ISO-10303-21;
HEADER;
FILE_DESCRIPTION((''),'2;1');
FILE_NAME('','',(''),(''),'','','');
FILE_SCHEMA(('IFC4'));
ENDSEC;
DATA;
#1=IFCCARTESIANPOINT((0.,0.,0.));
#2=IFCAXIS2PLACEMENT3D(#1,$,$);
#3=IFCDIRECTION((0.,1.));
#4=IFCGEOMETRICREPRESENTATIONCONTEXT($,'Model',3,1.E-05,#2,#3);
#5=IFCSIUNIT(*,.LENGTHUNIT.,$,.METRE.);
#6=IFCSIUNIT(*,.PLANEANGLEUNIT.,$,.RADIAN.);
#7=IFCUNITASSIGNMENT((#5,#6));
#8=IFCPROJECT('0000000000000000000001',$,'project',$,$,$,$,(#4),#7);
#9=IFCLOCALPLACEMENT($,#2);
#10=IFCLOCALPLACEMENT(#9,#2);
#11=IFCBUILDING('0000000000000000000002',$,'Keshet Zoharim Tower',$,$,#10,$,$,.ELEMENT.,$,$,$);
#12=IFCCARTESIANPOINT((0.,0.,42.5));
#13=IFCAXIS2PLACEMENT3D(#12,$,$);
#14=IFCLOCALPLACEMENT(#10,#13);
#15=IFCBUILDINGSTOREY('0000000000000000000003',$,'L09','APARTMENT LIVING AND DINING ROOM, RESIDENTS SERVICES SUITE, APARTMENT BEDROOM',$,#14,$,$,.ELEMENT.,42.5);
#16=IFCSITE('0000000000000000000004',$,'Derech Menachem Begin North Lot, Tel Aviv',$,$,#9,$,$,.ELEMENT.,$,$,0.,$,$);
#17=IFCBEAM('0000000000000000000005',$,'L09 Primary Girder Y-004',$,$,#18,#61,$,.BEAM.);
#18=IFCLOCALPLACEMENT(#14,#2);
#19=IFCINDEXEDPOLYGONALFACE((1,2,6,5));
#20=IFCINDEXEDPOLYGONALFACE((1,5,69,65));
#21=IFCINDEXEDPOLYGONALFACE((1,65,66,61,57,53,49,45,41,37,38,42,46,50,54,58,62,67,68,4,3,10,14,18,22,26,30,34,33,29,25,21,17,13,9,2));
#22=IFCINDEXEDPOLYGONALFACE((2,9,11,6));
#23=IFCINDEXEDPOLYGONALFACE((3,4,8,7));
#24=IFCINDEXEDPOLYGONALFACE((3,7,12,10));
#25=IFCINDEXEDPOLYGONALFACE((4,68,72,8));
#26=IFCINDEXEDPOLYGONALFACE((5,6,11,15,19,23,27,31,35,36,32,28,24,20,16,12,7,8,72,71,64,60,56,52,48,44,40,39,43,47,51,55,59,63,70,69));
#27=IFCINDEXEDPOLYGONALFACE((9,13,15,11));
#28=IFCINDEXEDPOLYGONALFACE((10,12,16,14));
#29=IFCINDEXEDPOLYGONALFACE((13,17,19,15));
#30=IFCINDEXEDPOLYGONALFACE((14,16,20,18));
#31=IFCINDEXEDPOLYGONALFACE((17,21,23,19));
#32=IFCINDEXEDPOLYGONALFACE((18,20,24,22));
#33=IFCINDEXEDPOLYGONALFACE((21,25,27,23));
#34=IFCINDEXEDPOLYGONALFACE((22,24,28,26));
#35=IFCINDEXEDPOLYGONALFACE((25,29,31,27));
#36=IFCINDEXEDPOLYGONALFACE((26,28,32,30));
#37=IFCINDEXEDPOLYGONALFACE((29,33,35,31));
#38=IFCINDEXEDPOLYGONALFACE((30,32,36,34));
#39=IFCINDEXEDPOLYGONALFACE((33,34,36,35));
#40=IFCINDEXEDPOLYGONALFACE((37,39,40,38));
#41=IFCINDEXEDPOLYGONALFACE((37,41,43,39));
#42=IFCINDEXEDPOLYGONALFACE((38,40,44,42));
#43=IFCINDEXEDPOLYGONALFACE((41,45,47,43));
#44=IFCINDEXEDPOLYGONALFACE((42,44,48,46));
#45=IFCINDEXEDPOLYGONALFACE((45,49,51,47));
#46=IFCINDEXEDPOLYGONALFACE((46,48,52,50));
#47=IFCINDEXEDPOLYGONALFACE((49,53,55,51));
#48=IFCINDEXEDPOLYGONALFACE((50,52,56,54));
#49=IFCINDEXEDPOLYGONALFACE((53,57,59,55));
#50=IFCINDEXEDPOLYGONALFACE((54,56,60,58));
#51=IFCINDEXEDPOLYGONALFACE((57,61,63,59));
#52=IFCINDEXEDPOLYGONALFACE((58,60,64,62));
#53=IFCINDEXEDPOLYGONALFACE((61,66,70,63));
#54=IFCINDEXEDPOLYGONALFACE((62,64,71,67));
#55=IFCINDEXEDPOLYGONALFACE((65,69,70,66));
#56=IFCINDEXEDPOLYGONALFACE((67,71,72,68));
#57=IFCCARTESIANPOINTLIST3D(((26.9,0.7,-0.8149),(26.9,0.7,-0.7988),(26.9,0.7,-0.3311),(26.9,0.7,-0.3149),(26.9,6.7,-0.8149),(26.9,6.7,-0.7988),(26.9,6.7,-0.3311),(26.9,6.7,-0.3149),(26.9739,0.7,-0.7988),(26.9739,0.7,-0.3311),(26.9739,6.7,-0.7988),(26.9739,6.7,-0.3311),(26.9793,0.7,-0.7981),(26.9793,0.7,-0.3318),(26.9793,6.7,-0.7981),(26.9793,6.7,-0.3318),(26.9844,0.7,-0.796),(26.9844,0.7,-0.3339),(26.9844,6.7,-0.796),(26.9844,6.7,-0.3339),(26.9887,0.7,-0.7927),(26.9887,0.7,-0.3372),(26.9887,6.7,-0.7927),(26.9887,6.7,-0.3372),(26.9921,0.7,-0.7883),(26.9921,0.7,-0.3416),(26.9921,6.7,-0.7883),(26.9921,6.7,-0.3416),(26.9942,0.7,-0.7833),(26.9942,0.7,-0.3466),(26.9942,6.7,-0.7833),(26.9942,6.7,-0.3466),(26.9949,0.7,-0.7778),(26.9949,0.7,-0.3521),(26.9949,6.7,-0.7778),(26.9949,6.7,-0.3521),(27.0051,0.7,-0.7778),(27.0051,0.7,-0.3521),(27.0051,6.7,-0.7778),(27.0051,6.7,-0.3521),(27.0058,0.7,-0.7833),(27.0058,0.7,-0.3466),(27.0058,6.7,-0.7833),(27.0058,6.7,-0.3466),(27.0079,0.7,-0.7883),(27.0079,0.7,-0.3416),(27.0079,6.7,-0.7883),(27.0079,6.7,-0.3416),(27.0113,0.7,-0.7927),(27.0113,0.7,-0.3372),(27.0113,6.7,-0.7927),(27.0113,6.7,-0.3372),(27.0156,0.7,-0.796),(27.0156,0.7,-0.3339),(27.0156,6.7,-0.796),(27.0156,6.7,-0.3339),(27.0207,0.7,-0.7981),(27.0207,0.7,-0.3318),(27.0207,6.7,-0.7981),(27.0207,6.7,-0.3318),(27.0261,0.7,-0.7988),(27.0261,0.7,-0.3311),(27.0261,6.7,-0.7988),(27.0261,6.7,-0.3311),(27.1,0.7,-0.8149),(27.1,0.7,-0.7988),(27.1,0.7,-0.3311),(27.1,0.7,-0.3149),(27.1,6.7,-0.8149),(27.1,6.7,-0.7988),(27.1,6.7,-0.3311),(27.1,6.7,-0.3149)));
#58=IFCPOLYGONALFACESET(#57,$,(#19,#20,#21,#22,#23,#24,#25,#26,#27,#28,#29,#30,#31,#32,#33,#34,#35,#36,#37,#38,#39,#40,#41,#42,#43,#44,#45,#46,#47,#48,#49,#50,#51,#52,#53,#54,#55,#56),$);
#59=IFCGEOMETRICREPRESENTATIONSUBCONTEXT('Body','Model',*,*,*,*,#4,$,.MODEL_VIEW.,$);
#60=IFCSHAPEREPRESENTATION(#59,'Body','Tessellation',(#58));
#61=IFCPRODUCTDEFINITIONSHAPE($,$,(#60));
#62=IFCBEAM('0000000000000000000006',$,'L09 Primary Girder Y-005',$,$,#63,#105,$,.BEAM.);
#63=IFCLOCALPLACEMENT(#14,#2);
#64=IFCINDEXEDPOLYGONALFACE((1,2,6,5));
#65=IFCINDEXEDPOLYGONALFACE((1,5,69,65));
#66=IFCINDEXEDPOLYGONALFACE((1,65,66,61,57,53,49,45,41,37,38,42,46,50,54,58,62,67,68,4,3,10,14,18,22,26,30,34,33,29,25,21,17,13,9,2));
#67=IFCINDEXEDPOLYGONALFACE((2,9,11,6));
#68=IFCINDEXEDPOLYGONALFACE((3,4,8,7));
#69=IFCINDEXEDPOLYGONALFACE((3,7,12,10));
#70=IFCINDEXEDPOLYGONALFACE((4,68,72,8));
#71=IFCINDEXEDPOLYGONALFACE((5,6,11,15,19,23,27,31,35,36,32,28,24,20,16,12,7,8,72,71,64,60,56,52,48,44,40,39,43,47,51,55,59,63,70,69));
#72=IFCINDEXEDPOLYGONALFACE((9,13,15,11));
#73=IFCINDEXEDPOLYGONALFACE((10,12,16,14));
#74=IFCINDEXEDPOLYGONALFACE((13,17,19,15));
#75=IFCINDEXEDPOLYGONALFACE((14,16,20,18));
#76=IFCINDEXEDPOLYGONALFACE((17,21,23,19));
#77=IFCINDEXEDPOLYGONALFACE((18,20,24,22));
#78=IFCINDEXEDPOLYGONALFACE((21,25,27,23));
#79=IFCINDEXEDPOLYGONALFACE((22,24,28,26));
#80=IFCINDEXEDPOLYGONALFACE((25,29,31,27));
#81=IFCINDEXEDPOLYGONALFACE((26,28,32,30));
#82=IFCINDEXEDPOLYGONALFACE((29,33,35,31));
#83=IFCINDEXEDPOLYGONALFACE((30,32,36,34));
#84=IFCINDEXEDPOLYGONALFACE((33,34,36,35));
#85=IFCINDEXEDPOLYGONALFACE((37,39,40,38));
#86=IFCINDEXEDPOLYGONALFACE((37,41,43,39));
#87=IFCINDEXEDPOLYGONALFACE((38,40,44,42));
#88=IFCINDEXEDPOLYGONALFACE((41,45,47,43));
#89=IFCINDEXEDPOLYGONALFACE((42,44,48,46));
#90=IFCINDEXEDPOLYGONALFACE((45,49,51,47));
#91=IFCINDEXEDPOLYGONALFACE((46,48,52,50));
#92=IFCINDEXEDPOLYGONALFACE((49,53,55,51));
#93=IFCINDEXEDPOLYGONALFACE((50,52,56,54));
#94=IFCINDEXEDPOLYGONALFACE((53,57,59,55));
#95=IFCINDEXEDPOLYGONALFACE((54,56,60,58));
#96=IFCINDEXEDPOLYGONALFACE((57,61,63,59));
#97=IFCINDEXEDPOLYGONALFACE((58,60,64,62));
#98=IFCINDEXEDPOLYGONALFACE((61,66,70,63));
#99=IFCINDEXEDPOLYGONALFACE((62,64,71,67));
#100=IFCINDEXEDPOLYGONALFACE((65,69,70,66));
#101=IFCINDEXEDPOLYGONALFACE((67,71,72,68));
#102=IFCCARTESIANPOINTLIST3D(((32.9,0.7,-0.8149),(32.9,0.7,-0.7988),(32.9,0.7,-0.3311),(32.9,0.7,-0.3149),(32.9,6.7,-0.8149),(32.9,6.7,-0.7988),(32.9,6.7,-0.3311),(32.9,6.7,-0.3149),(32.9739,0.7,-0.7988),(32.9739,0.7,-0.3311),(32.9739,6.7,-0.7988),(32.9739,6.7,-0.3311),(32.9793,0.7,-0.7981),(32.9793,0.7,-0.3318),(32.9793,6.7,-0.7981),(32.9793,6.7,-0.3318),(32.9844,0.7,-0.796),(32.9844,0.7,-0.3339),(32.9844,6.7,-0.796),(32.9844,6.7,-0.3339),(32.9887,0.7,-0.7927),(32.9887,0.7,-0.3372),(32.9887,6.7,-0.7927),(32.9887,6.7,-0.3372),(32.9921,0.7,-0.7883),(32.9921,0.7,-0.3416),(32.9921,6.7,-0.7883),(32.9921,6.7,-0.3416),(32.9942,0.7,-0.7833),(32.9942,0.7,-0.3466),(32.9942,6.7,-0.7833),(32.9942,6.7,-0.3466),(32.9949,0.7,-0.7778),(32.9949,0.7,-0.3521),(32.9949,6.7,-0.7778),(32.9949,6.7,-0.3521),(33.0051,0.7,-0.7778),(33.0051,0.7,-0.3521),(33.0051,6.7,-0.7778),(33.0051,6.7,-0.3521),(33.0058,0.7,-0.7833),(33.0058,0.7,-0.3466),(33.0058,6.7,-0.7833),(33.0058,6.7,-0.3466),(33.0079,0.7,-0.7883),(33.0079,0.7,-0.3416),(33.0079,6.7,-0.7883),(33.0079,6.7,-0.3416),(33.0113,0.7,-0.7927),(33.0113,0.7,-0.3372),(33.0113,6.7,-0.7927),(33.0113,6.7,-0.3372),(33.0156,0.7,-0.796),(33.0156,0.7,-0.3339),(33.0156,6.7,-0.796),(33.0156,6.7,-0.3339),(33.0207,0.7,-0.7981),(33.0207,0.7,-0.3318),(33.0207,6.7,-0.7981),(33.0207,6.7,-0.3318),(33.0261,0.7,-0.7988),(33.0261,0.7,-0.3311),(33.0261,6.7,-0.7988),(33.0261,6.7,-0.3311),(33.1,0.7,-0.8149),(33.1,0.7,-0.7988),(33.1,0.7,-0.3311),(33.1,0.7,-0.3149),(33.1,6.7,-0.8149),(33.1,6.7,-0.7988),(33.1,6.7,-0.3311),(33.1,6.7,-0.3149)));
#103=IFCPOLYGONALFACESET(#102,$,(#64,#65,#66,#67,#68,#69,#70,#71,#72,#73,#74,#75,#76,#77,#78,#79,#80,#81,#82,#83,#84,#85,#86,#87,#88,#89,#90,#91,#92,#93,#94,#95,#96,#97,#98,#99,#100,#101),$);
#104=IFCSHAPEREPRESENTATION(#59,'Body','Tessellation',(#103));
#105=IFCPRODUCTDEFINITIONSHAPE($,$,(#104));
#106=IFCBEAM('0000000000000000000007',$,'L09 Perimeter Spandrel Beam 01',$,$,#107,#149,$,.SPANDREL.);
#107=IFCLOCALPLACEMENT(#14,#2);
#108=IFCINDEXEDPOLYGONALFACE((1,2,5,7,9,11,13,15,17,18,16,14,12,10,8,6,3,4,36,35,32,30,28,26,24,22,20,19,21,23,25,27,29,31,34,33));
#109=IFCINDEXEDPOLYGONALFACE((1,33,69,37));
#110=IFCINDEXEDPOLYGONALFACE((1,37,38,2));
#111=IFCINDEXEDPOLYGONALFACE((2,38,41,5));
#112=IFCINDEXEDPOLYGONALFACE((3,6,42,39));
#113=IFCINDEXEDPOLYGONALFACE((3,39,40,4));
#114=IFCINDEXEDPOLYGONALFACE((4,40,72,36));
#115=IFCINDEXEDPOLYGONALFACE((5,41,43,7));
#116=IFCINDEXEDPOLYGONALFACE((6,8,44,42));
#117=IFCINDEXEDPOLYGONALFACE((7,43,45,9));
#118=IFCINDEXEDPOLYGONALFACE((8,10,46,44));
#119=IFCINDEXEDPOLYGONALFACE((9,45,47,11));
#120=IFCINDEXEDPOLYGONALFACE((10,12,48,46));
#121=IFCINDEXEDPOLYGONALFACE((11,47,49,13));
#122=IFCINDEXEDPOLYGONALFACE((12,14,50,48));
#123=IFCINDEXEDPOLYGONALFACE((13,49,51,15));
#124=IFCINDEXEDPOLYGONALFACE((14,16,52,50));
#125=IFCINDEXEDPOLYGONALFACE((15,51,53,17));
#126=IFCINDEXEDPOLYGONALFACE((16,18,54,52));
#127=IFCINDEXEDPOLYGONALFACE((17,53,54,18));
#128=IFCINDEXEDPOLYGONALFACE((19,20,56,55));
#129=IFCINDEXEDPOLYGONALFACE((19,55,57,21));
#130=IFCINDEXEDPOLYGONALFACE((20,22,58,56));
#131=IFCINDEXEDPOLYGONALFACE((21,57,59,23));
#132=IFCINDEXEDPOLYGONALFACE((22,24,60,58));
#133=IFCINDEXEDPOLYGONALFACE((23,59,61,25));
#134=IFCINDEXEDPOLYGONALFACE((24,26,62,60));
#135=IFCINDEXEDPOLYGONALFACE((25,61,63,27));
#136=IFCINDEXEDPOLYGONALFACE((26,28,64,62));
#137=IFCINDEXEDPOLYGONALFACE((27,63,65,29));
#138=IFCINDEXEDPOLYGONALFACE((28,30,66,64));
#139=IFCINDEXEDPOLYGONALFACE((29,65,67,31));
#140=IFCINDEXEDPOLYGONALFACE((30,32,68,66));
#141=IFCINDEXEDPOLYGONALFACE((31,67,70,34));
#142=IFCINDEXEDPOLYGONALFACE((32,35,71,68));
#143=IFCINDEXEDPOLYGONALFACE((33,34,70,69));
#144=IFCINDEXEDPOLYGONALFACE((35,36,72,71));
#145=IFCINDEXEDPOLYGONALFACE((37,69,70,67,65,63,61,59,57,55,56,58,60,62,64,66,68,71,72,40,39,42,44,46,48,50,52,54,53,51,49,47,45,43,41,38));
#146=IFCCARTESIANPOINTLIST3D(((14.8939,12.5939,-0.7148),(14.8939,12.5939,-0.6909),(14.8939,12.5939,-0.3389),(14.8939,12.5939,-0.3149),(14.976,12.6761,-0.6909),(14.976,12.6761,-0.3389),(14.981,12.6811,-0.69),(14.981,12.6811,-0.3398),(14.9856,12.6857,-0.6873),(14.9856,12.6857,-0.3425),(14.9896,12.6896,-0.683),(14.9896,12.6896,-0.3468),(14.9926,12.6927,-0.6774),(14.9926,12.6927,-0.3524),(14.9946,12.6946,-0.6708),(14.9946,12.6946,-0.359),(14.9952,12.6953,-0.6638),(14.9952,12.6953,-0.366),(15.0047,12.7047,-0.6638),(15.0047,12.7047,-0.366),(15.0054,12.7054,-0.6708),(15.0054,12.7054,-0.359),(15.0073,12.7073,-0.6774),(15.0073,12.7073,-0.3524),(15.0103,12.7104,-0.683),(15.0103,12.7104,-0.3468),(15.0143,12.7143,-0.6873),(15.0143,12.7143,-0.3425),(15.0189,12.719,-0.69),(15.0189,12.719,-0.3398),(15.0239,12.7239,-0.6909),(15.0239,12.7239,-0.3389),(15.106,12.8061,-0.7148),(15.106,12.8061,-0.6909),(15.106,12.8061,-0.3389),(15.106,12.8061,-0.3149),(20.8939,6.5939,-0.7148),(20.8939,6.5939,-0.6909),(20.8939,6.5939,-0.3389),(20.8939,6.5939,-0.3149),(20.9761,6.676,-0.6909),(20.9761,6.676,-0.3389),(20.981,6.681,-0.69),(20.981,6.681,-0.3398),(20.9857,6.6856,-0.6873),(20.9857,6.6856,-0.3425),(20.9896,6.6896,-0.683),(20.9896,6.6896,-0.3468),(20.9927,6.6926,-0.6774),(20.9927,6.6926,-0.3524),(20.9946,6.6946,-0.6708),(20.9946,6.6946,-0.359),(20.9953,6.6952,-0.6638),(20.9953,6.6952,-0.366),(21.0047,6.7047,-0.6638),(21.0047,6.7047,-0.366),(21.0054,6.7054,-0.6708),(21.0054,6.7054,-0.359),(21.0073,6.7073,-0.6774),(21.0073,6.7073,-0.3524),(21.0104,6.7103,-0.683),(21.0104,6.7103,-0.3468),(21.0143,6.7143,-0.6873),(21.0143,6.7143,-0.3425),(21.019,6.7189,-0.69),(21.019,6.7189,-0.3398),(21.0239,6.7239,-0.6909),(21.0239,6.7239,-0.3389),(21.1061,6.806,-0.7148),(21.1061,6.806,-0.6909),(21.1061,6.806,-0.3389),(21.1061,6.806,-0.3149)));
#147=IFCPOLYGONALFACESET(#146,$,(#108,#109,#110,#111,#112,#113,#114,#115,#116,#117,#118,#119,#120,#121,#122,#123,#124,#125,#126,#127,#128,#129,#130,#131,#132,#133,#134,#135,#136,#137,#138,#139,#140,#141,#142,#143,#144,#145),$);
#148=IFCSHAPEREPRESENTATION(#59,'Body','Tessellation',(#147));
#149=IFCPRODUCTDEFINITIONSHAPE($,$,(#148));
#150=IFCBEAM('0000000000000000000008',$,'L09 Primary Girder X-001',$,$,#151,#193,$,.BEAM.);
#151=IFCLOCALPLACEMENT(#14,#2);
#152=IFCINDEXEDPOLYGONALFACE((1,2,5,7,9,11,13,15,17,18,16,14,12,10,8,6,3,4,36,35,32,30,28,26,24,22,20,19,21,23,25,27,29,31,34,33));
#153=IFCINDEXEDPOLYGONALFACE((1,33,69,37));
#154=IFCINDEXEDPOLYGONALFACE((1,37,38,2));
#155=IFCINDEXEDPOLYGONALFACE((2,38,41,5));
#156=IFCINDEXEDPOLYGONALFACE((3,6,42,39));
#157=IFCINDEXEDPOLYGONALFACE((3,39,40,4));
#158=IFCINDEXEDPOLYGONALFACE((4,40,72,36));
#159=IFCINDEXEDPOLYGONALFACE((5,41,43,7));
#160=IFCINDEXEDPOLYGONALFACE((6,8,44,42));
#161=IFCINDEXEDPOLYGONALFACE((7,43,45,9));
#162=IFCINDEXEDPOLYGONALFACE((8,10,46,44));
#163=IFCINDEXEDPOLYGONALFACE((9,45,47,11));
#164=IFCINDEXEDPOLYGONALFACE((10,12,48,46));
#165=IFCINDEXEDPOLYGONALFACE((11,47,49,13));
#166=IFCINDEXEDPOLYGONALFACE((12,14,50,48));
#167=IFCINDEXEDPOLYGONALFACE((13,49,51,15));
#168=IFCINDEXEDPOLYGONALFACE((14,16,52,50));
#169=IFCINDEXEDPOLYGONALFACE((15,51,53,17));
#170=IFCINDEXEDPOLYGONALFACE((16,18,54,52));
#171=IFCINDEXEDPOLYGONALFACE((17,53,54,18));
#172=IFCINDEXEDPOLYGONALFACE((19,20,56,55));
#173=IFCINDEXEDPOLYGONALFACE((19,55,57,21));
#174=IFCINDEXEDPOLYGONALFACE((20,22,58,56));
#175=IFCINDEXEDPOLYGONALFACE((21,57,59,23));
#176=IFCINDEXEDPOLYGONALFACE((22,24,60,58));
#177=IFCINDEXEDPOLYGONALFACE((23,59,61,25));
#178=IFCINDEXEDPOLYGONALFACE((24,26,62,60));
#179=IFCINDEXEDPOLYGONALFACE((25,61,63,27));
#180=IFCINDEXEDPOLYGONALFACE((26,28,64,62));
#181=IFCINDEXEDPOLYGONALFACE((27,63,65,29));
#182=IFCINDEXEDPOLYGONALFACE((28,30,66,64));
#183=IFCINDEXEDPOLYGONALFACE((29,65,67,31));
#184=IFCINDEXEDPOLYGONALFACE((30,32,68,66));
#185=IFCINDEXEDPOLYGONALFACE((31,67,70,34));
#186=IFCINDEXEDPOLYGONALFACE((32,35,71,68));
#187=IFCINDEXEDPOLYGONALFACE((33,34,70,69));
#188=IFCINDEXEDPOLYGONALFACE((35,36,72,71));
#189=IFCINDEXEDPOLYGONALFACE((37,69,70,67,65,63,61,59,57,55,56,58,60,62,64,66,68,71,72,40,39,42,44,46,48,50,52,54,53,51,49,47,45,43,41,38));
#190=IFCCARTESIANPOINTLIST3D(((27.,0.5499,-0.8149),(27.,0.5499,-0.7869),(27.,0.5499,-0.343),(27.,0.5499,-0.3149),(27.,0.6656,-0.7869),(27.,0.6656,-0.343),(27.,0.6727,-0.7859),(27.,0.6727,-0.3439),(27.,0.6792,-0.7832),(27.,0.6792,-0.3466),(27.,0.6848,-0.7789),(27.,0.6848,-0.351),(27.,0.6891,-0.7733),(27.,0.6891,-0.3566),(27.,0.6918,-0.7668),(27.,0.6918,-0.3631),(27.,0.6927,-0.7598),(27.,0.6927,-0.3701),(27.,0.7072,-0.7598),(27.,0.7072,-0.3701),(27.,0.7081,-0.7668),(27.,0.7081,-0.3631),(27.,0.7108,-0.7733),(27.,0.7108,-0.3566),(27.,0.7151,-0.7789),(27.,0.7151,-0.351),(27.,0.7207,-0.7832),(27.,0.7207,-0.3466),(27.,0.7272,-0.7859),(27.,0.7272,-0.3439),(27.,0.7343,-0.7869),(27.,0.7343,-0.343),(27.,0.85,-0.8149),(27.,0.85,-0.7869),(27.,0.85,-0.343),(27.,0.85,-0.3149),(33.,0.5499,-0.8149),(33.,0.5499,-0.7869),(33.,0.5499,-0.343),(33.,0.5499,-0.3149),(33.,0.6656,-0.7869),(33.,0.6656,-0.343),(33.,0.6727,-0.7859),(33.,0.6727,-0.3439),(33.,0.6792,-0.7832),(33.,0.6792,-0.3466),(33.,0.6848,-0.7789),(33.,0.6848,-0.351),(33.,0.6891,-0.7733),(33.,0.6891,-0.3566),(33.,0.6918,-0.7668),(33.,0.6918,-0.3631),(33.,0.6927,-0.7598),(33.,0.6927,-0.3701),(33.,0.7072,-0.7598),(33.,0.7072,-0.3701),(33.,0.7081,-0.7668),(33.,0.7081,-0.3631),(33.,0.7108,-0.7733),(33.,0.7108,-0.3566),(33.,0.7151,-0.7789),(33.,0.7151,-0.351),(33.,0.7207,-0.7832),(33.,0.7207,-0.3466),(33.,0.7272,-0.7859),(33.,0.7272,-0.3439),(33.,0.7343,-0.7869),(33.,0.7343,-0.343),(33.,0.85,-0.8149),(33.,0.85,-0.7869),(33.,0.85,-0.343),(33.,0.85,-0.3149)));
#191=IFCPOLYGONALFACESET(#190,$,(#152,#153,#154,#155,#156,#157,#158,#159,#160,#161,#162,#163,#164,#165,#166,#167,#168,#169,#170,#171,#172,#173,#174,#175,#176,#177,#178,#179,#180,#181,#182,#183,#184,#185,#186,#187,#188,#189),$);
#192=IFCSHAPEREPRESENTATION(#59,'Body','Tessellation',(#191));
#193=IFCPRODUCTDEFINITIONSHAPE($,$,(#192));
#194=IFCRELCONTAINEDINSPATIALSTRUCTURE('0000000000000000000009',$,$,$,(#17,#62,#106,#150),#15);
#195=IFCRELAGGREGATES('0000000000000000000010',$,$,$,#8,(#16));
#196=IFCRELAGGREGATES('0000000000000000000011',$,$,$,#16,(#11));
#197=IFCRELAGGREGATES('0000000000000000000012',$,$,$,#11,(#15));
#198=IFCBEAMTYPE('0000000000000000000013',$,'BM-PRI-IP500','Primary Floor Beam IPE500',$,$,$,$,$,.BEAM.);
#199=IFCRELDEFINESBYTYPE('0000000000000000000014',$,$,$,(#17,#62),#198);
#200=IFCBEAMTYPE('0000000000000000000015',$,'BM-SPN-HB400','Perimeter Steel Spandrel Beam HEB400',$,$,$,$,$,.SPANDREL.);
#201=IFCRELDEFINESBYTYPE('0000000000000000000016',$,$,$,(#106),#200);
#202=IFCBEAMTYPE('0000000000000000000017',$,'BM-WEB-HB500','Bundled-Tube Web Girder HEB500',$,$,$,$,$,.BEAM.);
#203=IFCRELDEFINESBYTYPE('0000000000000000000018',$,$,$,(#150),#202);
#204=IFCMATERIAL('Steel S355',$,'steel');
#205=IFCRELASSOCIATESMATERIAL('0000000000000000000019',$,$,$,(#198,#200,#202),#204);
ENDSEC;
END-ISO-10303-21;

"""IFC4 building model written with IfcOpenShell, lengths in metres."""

from ifc_helpers import new_model, si_unit, direction, frame, origin, origin_2d, place, context, subcontext, project, spatial, i_section, extrude, material, material_profile, profile_set, type_object, element, save


model = new_model("IFC4")

# Units and contexts
model_context = context("Model", 3, precision=1e-05, world=origin(), true_north=direction((0.0, 1.0)))
body_context = subcontext(model_context, "Body", "Model", "MODEL_VIEW")
ifc_project = project(units=[si_unit("LENGTHUNIT", "METRE"), si_unit("PLANEANGLEUNIT", "RADIAN")], contexts=[model_context])

# Site, building, storey
site_placement = place(None, origin())
site = spatial("IfcSite", under=ifc_project, at=site_placement, Name="Derech Menachem Begin North Lot, Tel Aviv", CompositionType="ELEMENT", RefElevation=0.0)
building_placement = place(site_placement, origin())
building = spatial("IfcBuilding", under=site, at=building_placement, Name="Keshet Zoharim Tower", CompositionType="ELEMENT")
storey_placement = place(building_placement, frame((0.0, 0.0, 42.5)))
storey = spatial("IfcBuildingStorey", under=building, at=storey_placement, Name="L09", Description="APARTMENT LIVING AND DINING ROOM, RESIDENTS SERVICES SUITE, APARTMENT BEDROOM", CompositionType="ELEMENT", Elevation=42.5)

# Shared definitions
ifc_material_1 = material(Name="Steel S355", Category="steel")

# Beams
ifc_material_profile_1 = material_profile(ifc_material_1, i_section(OverallWidth=0.2, OverallDepth=0.5, WebThickness=0.0103, FlangeThickness=0.0161, FilletRadius=0.021, at=origin_2d()), Name="IPE500")
ifc_profile_set_1 = profile_set([ifc_material_profile_1], Name="Steel S355")
beam_type_1 = type_object("IfcBeamType", Name="BM-PRI-IP500", Description="Primary Floor Beam IPE500", PredefinedType="BEAM", material=ifc_profile_set_1)
for number, where, z_axis, x_axis, name in (
    (1, (27.0, 0.7, -0.5649), (0.0, 1.0, 0.0), (-1.0, 0.0, 0.0), "L09 Primary Girder Y-004"),
    (2, (33.0, 0.7, -0.5649), (0.0, 1.0, 0.0), (-1.0, 0.0, 0.0), "L09 Primary Girder Y-005"),
):
    element("IfcBeam", number, at=place(storey_placement, frame(where, z_axis=z_axis, x_axis=x_axis)), inside=storey, type_object=beam_type_1, Name=name, PredefinedType="BEAM", context=body_context, shape_type="SweptSolid", body=[
        extrude(i_section(OverallWidth=0.2, OverallDepth=0.5, WebThickness=0.0103, FlangeThickness=0.0161, FilletRadius=0.021, at=origin_2d()), origin(), (0.0, 0.0, 1.0), 6.0),
    ])
ifc_material_profile_2 = material_profile(ifc_material_1, i_section(OverallWidth=0.3, OverallDepth=0.3999, WebThickness=0.0134, FlangeThickness=0.0239, FilletRadius=0.0271, at=origin_2d()), Name="HEB400")
ifc_profile_set_2 = profile_set([ifc_material_profile_2], Name="Steel S355")
beam_type_2 = type_object("IfcBeamType", Name="BM-SPN-HB400", Description="Perimeter Steel Spandrel Beam HEB400", PredefinedType="SPANDREL", material=ifc_profile_set_2)
beam_placement = place(storey_placement, frame((21.0, 6.7, -0.5149), z_axis=(-0.707107, 0.707107, 0.0), x_axis=(-0.707107, -0.707107, 0.0)))
element("IfcBeam", 3, at=beam_placement, inside=storey, type_object=beam_type_2, Name="L09 Perimeter Spandrel Beam 01", PredefinedType="SPANDREL", context=body_context, shape_type="SweptSolid", body=[
    extrude(i_section(OverallWidth=0.3, OverallDepth=0.3999, WebThickness=0.0134, FlangeThickness=0.0239, FilletRadius=0.0271, at=origin_2d()), origin(), (0.0, 0.0, 1.0), 8.4854),
])
ifc_material_profile_3 = material_profile(ifc_material_1, i_section(OverallWidth=0.3, OverallDepth=0.5, WebThickness=0.0144, FlangeThickness=0.0281, FilletRadius=0.0271, at=origin_2d()), Name="HEB500")
ifc_profile_set_3 = profile_set([ifc_material_profile_3], Name="Steel S355")
beam_type_3 = type_object("IfcBeamType", Name="BM-WEB-HB500", Description="Bundled-Tube Web Girder HEB500", PredefinedType="BEAM", material=ifc_profile_set_3)
for number, where, z_axis, x_axis, name in (
    (4, (27.0, 0.7, -0.5649), (1.0, 0.0, 0.0), (0.0, 1.0, 0.0), "L09 Primary Girder X-001"),
):
    element("IfcBeam", number, at=place(storey_placement, frame(where, z_axis=z_axis, x_axis=x_axis)), inside=storey, type_object=beam_type_3, Name=name, PredefinedType="BEAM", context=body_context, shape_type="SweptSolid", body=[
        extrude(i_section(OverallWidth=0.3, OverallDepth=0.5, WebThickness=0.0144, FlangeThickness=0.0281, FilletRadius=0.0271, at=origin_2d()), origin(), (0.0, 0.0, 1.0), 6.0),
    ])

save(model, "model.ifc")
